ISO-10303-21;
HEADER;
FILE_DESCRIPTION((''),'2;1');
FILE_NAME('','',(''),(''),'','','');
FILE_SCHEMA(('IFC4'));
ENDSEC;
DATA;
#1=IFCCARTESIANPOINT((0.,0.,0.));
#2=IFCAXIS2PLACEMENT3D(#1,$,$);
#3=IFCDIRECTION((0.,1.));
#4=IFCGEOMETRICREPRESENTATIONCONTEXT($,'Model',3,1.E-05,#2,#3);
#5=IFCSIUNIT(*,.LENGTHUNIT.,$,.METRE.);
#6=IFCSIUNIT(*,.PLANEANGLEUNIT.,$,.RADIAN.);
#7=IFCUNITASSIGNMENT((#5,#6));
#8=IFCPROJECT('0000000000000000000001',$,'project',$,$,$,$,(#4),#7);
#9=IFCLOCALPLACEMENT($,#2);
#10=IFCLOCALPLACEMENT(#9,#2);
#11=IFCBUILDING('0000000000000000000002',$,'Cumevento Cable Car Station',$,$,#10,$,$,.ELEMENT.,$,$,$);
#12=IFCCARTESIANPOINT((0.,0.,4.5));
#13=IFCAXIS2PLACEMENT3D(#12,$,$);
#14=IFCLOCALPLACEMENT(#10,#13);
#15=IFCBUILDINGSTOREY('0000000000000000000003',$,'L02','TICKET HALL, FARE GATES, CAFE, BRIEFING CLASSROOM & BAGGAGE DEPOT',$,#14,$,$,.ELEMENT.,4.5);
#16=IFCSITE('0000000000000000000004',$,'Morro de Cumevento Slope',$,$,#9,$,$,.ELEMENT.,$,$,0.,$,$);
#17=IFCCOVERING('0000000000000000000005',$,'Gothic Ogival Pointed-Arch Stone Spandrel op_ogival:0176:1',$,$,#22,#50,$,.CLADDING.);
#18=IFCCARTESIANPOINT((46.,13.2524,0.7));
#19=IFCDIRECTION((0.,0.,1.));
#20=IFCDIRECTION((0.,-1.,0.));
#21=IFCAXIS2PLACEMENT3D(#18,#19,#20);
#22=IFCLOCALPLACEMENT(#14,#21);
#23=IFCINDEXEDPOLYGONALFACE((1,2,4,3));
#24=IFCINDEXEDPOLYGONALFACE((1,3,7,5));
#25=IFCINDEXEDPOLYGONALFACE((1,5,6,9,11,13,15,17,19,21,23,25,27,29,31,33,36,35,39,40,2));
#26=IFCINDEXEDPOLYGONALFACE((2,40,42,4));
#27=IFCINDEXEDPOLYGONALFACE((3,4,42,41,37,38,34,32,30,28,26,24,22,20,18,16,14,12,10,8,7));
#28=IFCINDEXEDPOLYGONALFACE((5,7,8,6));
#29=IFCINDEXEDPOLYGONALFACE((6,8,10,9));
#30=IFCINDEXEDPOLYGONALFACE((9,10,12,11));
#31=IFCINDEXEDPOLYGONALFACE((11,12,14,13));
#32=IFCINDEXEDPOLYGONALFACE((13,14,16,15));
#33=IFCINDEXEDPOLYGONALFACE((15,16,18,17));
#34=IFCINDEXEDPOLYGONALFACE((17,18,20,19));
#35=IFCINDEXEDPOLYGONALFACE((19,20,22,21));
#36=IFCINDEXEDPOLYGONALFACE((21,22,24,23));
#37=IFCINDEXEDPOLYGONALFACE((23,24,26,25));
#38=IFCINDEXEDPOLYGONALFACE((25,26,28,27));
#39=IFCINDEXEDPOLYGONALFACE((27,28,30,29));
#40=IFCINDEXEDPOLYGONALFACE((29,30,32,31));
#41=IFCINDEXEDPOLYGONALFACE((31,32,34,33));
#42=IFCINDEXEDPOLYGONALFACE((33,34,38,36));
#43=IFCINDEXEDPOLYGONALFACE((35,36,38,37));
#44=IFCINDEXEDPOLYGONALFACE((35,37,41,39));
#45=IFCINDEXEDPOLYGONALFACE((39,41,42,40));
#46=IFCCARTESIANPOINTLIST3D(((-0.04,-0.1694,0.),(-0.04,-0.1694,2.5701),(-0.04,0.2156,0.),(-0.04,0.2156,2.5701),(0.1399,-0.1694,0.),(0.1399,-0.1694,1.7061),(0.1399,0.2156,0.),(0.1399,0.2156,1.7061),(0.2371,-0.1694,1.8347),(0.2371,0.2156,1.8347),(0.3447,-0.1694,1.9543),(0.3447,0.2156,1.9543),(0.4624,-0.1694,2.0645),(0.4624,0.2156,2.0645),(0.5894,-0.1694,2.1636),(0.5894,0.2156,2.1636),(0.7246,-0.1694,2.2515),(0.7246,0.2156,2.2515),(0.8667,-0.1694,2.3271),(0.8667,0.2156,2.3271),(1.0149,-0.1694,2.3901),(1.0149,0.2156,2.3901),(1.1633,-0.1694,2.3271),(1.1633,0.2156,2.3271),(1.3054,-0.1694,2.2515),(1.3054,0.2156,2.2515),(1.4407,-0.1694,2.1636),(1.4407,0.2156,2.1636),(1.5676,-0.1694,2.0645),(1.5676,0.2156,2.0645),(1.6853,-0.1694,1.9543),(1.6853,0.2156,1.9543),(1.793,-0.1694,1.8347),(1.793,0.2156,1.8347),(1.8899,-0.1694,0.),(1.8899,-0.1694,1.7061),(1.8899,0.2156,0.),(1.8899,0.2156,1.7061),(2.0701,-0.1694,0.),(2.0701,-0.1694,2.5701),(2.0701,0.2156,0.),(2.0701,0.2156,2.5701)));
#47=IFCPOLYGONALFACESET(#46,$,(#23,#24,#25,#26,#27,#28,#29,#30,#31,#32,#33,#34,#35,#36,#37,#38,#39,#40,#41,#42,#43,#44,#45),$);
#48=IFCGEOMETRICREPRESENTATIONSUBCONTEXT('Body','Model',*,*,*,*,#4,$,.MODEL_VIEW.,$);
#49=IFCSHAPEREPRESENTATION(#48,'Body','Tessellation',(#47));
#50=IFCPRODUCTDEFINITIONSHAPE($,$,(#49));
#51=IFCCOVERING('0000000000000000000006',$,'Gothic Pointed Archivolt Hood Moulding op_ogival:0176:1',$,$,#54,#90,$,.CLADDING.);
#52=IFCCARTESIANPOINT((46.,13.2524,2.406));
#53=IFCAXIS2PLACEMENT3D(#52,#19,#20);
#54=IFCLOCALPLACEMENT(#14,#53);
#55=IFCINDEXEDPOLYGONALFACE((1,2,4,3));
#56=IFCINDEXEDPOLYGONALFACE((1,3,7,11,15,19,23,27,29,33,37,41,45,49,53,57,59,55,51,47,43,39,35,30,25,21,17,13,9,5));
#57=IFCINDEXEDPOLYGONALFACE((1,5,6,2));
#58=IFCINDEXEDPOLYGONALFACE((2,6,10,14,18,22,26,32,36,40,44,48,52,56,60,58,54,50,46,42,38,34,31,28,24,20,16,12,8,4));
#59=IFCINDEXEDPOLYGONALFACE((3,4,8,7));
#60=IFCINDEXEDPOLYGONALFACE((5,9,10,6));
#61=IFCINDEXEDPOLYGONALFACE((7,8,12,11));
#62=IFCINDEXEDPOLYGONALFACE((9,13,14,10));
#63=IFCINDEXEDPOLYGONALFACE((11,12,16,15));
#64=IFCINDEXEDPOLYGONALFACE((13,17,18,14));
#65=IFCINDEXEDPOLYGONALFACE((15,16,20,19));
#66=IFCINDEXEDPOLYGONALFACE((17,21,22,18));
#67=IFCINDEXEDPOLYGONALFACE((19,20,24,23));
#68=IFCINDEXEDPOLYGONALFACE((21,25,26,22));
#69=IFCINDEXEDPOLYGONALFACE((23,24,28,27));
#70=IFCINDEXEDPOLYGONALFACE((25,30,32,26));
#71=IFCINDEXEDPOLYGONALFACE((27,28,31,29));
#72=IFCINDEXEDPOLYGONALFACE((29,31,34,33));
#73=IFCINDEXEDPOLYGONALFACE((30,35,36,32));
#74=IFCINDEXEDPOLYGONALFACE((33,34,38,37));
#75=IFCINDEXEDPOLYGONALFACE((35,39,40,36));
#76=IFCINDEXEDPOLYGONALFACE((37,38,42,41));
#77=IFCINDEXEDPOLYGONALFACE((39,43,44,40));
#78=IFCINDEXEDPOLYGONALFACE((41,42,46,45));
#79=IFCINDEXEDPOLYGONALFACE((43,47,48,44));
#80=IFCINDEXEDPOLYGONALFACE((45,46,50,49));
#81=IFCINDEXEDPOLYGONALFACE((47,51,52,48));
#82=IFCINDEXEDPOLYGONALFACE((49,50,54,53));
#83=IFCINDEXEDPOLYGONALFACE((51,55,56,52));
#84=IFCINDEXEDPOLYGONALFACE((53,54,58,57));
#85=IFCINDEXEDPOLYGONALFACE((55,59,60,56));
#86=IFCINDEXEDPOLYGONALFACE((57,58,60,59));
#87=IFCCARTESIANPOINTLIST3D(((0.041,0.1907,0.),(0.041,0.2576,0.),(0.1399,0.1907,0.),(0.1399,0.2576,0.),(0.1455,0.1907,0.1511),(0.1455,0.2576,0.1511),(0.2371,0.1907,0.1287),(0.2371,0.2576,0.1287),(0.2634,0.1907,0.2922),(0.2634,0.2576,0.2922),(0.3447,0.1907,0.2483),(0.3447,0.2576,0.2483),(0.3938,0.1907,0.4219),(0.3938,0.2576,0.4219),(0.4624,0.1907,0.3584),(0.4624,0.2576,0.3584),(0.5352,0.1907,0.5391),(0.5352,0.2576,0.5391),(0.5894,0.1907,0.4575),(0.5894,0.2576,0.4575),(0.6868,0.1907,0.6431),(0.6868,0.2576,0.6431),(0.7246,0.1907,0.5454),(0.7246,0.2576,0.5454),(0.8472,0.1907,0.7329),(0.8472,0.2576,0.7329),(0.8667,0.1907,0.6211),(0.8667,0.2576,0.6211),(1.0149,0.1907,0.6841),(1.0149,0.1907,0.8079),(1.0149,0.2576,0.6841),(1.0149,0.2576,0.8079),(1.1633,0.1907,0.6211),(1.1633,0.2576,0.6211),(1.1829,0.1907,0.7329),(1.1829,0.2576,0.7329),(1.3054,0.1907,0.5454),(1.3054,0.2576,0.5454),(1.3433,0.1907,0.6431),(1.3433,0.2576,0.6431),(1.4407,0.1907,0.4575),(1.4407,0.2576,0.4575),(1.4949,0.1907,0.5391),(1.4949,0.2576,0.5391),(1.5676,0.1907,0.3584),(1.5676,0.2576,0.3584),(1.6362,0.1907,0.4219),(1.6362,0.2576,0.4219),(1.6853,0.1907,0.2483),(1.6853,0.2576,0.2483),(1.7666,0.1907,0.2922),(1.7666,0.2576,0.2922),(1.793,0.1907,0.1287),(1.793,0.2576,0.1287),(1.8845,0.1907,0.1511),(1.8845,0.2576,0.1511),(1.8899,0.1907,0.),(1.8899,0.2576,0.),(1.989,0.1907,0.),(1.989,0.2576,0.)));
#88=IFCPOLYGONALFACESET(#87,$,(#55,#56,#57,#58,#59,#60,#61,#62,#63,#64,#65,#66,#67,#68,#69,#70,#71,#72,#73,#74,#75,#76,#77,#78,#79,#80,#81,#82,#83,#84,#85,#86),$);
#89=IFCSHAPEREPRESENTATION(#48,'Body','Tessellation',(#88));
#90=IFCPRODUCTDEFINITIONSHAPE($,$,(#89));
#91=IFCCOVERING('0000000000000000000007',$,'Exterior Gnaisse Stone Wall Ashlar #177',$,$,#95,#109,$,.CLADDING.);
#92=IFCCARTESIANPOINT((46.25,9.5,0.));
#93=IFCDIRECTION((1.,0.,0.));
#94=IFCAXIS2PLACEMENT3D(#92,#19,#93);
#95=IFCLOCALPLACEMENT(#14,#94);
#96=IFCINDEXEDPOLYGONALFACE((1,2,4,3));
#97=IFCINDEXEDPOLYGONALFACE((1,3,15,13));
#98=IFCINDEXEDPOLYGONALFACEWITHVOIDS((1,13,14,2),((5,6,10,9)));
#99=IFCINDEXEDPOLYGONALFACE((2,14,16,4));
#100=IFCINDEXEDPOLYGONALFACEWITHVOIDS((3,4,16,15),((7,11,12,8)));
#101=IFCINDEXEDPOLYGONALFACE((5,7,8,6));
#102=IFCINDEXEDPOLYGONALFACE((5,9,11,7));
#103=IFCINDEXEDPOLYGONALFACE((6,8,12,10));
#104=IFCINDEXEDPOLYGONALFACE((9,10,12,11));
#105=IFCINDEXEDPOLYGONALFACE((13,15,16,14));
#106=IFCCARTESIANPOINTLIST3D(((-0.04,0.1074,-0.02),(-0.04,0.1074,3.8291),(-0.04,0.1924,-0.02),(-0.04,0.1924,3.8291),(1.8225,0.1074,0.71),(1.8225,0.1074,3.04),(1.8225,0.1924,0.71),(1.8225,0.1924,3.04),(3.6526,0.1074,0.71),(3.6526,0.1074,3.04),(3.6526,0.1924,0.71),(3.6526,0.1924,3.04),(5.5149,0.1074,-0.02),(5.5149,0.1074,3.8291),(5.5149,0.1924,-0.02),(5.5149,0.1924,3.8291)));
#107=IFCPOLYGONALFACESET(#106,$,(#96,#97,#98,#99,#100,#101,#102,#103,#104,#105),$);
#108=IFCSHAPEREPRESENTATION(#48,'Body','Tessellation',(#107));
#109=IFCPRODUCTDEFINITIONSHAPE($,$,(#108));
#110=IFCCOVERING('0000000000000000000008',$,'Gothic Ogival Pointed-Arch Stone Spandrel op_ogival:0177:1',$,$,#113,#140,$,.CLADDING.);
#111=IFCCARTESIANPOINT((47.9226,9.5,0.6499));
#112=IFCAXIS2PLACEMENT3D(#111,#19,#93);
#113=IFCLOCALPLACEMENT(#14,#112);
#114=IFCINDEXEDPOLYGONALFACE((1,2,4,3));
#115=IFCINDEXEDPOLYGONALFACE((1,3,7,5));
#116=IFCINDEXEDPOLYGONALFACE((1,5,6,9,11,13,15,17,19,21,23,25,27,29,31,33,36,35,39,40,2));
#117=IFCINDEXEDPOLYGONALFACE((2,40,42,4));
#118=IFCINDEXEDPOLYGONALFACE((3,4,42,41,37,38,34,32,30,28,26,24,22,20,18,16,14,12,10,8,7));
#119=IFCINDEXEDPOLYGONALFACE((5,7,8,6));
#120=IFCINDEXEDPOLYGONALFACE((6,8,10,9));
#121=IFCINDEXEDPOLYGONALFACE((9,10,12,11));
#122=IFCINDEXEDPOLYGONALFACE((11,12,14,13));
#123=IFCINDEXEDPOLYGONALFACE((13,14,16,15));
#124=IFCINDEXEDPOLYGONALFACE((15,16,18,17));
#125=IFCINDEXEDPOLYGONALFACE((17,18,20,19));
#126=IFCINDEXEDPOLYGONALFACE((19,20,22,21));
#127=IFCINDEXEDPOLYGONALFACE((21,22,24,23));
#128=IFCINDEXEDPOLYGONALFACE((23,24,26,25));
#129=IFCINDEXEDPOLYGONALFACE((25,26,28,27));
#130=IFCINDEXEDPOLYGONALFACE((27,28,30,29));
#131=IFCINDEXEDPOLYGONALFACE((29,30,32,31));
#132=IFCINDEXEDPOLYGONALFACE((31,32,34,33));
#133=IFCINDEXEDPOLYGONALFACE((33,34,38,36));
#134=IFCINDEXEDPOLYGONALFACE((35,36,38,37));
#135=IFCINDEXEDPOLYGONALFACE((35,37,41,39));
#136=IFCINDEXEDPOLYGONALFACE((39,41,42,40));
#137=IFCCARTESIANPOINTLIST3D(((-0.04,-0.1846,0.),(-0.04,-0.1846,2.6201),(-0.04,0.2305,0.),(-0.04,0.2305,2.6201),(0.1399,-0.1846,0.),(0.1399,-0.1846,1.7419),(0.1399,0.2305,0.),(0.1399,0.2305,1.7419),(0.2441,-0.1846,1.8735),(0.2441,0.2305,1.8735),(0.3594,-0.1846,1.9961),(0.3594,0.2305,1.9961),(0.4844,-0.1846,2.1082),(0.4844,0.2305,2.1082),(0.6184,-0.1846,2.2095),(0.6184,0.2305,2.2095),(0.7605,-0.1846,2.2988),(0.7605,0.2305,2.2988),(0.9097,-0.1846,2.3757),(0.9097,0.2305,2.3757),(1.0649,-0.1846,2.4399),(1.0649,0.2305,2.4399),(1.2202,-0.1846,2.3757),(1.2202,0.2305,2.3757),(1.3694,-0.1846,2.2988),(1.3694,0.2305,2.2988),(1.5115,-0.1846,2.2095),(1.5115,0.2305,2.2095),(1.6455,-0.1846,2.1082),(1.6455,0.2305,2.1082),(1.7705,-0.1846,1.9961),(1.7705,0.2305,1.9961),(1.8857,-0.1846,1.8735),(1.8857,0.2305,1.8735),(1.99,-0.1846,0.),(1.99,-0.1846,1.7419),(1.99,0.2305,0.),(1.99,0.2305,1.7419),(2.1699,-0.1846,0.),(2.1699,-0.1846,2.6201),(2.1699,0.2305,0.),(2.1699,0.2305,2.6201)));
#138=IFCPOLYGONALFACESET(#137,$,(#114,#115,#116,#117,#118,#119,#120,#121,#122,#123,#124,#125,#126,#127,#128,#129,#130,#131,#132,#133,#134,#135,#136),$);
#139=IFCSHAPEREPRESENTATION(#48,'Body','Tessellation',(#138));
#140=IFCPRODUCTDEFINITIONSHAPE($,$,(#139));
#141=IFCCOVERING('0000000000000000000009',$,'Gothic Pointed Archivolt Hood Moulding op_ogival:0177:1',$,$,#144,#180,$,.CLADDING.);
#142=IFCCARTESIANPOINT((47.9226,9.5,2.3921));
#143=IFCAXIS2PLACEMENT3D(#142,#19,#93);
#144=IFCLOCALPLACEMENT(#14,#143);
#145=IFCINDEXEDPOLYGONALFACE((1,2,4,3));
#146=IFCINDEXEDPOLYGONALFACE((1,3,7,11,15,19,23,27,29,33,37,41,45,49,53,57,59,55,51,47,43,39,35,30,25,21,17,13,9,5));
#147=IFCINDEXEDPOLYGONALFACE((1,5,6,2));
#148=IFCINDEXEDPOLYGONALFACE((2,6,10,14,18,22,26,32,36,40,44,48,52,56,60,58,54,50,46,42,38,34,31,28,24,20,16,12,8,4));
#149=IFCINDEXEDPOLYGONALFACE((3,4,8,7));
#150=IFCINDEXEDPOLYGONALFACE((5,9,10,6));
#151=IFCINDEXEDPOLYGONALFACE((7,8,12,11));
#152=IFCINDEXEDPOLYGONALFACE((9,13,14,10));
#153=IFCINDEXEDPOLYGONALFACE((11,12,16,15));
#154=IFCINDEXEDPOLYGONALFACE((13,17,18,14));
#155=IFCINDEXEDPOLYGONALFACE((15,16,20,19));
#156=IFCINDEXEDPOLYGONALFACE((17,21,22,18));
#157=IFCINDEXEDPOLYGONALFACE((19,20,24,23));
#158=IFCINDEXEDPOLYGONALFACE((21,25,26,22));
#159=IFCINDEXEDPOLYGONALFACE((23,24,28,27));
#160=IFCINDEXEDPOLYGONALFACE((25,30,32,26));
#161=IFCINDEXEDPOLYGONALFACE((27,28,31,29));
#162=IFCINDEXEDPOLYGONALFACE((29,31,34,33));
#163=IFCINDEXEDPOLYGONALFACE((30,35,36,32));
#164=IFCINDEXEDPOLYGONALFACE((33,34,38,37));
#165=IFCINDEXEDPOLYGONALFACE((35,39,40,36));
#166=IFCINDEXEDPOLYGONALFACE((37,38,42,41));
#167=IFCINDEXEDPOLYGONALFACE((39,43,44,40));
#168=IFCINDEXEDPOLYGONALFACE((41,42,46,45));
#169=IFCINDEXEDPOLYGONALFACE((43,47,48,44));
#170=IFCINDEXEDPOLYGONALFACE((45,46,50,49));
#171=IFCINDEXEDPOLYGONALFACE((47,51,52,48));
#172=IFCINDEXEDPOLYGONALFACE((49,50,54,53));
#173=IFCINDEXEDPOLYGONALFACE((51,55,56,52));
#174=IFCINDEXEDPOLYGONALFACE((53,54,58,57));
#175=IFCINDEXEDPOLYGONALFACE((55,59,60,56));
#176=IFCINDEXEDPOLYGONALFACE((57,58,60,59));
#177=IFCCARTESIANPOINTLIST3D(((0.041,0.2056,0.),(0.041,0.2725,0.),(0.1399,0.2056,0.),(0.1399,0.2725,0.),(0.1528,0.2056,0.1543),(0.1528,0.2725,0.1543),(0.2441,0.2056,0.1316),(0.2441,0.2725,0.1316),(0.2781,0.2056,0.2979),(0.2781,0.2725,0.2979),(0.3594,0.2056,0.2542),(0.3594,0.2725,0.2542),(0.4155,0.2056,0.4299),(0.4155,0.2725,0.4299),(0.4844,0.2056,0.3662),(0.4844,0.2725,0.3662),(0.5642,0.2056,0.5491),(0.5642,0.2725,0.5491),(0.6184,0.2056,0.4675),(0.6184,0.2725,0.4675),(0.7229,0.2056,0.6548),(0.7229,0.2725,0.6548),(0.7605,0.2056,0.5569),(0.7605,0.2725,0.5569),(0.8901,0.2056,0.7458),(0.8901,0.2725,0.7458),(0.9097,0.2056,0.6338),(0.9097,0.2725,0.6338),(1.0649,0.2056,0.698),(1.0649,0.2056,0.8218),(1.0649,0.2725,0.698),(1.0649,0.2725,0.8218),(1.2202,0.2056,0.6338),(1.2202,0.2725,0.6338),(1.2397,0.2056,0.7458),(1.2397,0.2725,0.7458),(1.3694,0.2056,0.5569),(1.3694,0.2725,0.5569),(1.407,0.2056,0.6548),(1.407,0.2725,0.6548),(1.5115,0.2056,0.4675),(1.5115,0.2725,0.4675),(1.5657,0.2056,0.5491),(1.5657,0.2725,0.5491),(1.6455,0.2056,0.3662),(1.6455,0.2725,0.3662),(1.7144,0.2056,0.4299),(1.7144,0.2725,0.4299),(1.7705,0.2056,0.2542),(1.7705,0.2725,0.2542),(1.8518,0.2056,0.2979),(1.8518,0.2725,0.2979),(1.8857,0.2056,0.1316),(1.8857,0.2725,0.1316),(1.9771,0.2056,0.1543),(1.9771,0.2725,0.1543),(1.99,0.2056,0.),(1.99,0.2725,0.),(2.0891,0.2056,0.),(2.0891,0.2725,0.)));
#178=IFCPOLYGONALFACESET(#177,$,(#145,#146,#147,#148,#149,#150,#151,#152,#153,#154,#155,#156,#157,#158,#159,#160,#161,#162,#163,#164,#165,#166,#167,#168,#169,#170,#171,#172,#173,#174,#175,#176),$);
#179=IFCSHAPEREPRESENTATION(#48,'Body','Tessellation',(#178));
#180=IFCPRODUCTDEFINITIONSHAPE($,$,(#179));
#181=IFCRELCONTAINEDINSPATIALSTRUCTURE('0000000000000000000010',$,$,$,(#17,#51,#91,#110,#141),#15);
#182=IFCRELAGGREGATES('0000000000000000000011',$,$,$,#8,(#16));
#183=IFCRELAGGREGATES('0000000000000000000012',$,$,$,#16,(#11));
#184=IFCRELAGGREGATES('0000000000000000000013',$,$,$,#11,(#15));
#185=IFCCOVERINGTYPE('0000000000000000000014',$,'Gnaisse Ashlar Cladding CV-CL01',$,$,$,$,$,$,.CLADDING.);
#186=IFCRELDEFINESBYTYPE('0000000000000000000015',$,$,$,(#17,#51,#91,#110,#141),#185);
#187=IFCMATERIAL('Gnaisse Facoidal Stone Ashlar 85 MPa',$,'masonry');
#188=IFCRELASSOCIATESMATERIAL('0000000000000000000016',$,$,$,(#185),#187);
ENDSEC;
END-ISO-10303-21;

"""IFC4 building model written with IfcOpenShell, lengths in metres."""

from ifc_helpers import new_model, si_unit, direction, frame, origin, place, context, subcontext, project, spatial, polyline, outline, extrude, material, type_object, element, save


model = new_model("IFC4")

# Units and contexts
model_context = context("Model", 3, precision=1e-05, world=origin(), true_north=direction((0.0, 1.0)))
body_context = subcontext(model_context, "Body", "Model", "MODEL_VIEW")
ifc_project = project(units=[si_unit("LENGTHUNIT", "METRE"), si_unit("PLANEANGLEUNIT", "RADIAN")], contexts=[model_context])

# Site, building, storey
site_placement = place(None, origin())
site = spatial("IfcSite", under=ifc_project, at=site_placement, Name="Morro de Cumevento Slope", CompositionType="ELEMENT", RefElevation=0.0)
building_placement = place(site_placement, origin())
building = spatial("IfcBuilding", under=site, at=building_placement, Name="Cumevento Cable Car Station", CompositionType="ELEMENT")
storey_placement = place(building_placement, frame((0.0, 0.0, 4.5)))
storey = spatial("IfcBuildingStorey", under=building, at=storey_placement, Name="L02", Description="TICKET HALL, FARE GATES, CAFE, BRIEFING CLASSROOM & BAGGAGE DEPOT", CompositionType="ELEMENT", Elevation=4.5)

# Coverings
ifc_material_1 = material(Name="Gnaisse Facoidal Stone Ashlar 85 MPa", Category="masonry")
covering_type = type_object("IfcCoveringType", Name="Gnaisse Ashlar Cladding CV-CL01", PredefinedType="CLADDING", material=ifc_material_1)
covering_1_placement = place(storey_placement, frame((46.0, 13.2524, 0.7), z_axis=(0.0, 0.0, 1.0), x_axis=(0.0, -1.0, 0.0)))
element("IfcCovering", 1, at=covering_1_placement, inside=storey, type_object=covering_type, Name="Gothic Ogival Pointed-Arch Stone Spandrel op_ogival:0176:1", PredefinedType="CLADDING", context=body_context, shape_type="SweptSolid", body=[
    extrude(outline(polyline([(-0.04, 0.0), (-0.04, 2.5701), (2.0701, 2.5701), (2.0701, 0.0), (1.8899, 0.0), (1.8899, 1.7061), (1.793, 1.8347), (1.6853, 1.9543), (1.5676, 2.0645), (1.4407, 2.1636), (1.3054, 2.2515), (1.1633, 2.3271), (1.0149, 2.3901), (0.8667, 2.3271), (0.7246, 2.2515), (0.5894, 2.1636), (0.4624, 2.0645), (0.3447, 1.9543), (0.2371, 1.8347), (0.1399, 1.7061), (0.1399, 0.0), (-0.04, 0.0)])), frame((0.0, 0.2156, 0.0), z_axis=(0.0, -1.0, 0.0), x_axis=(1.0, 0.0, 0.0)), (0.0, 0.0, 1.0), 0.385),
])
covering_2_placement = place(storey_placement, frame((46.0, 13.2524, 2.406), z_axis=(0.0, 0.0, 1.0), x_axis=(0.0, -1.0, 0.0)))
element("IfcCovering", 2, at=covering_2_placement, inside=storey, type_object=covering_type, Name="Gothic Pointed Archivolt Hood Moulding op_ogival:0176:1", PredefinedType="CLADDING", context=body_context, shape_type="SweptSolid", body=[
    extrude(outline(polyline([(0.1399, 0.0), (0.2371, 0.1287), (0.3447, 0.2483), (0.4624, 0.3584), (0.5894, 0.4575), (0.7246, 0.5454), (0.8667, 0.6211), (1.0149, 0.6841), (1.1633, 0.6211), (1.3054, 0.5454), (1.4407, 0.4575), (1.5676, 0.3584), (1.6853, 0.2483), (1.793, 0.1287), (1.8899, 0.0), (1.989, 0.0), (1.8845, 0.1511), (1.7666, 0.2922), (1.6362, 0.4219), (1.4949, 0.5391), (1.3433, 0.6431), (1.1829, 0.7329), (1.0149, 0.8079), (0.8472, 0.7329), (0.6868, 0.6431), (0.5352, 0.5391), (0.3938, 0.4219), (0.2634, 0.2922), (0.1455, 0.1511), (0.041, 0.0), (0.1399, 0.0)])), frame((0.0, 0.2576, 0.0), z_axis=(0.0, -1.0, 0.0), x_axis=(1.0, 0.0, 0.0)), (0.0, 0.0, 1.0), 0.0669),
])
covering_3_placement = place(storey_placement, frame((46.25, 9.5, 0.0), z_axis=(0.0, 0.0, 1.0), x_axis=(1.0, 0.0, 0.0)))
element("IfcCovering", 3, at=covering_3_placement, inside=storey, type_object=covering_type, Name="Exterior Gnaisse Stone Wall Ashlar #177", PredefinedType="CLADDING", context=body_context, shape_type="SweptSolid", body=[
    extrude(outline(polyline([(-0.04, -0.02), (5.5149, -0.02), (5.5149, 3.8291), (-0.04, 3.8291), (-0.04, -0.02)]), holes=[polyline([(1.8225, 0.71), (3.6526, 0.71), (3.6526, 3.04), (1.8225, 3.04), (1.8225, 0.71)])]), frame((0.0, 0.1924, 0.0), z_axis=(0.0, -1.0, 0.0), x_axis=(1.0, 0.0, 0.0)), (0.0, 0.0, 1.0), 0.085),
])
covering_4_placement = place(storey_placement, frame((47.9226, 9.5, 0.6499), z_axis=(0.0, 0.0, 1.0), x_axis=(1.0, 0.0, 0.0)))
element("IfcCovering", 4, at=covering_4_placement, inside=storey, type_object=covering_type, Name="Gothic Ogival Pointed-Arch Stone Spandrel op_ogival:0177:1", PredefinedType="CLADDING", context=body_context, shape_type="SweptSolid", body=[
    extrude(outline(polyline([(-0.04, 0.0), (-0.04, 2.6201), (2.1699, 2.6201), (2.1699, 0.0), (1.99, 0.0), (1.99, 1.7419), (1.8857, 1.8735), (1.7705, 1.9961), (1.6455, 2.1082), (1.5115, 2.2095), (1.3694, 2.2988), (1.2202, 2.3757), (1.0649, 2.4399), (0.9097, 2.3757), (0.7605, 2.2988), (0.6184, 2.2095), (0.4844, 2.1082), (0.3594, 1.9961), (0.2441, 1.8735), (0.1399, 1.7419), (0.1399, 0.0), (-0.04, 0.0)])), frame((0.0, 0.2305, 0.0), z_axis=(0.0, -1.0, 0.0), x_axis=(1.0, 0.0, 0.0)), (0.0, 0.0, 1.0), 0.415),
])
covering_5_placement = place(storey_placement, frame((47.9226, 9.5, 2.3921), z_axis=(0.0, 0.0, 1.0), x_axis=(1.0, 0.0, 0.0)))
element("IfcCovering", 5, at=covering_5_placement, inside=storey, type_object=covering_type, Name="Gothic Pointed Archivolt Hood Moulding op_ogival:0177:1", PredefinedType="CLADDING", context=body_context, shape_type="SweptSolid", body=[
    extrude(outline(polyline([(0.1399, 0.0), (0.2441, 0.1316), (0.3594, 0.2542), (0.4844, 0.3662), (0.6184, 0.4675), (0.7605, 0.5569), (0.9097, 0.6338), (1.0649, 0.698), (1.2202, 0.6338), (1.3694, 0.5569), (1.5115, 0.4675), (1.6455, 0.3662), (1.7705, 0.2542), (1.8857, 0.1316), (1.99, 0.0), (2.0891, 0.0), (1.9771, 0.1543), (1.8518, 0.2979), (1.7144, 0.4299), (1.5657, 0.5491), (1.407, 0.6548), (1.2397, 0.7458), (1.0649, 0.8218), (0.8901, 0.7458), (0.7229, 0.6548), (0.5642, 0.5491), (0.4155, 0.4299), (0.2781, 0.2979), (0.1528, 0.1543), (0.041, 0.0), (0.1399, 0.0)])), frame((0.0, 0.2725, 0.0), z_axis=(0.0, -1.0, 0.0), x_axis=(1.0, 0.0, 0.0)), (0.0, 0.0, 1.0), 0.0669),
])

save(model, "model.ifc")
